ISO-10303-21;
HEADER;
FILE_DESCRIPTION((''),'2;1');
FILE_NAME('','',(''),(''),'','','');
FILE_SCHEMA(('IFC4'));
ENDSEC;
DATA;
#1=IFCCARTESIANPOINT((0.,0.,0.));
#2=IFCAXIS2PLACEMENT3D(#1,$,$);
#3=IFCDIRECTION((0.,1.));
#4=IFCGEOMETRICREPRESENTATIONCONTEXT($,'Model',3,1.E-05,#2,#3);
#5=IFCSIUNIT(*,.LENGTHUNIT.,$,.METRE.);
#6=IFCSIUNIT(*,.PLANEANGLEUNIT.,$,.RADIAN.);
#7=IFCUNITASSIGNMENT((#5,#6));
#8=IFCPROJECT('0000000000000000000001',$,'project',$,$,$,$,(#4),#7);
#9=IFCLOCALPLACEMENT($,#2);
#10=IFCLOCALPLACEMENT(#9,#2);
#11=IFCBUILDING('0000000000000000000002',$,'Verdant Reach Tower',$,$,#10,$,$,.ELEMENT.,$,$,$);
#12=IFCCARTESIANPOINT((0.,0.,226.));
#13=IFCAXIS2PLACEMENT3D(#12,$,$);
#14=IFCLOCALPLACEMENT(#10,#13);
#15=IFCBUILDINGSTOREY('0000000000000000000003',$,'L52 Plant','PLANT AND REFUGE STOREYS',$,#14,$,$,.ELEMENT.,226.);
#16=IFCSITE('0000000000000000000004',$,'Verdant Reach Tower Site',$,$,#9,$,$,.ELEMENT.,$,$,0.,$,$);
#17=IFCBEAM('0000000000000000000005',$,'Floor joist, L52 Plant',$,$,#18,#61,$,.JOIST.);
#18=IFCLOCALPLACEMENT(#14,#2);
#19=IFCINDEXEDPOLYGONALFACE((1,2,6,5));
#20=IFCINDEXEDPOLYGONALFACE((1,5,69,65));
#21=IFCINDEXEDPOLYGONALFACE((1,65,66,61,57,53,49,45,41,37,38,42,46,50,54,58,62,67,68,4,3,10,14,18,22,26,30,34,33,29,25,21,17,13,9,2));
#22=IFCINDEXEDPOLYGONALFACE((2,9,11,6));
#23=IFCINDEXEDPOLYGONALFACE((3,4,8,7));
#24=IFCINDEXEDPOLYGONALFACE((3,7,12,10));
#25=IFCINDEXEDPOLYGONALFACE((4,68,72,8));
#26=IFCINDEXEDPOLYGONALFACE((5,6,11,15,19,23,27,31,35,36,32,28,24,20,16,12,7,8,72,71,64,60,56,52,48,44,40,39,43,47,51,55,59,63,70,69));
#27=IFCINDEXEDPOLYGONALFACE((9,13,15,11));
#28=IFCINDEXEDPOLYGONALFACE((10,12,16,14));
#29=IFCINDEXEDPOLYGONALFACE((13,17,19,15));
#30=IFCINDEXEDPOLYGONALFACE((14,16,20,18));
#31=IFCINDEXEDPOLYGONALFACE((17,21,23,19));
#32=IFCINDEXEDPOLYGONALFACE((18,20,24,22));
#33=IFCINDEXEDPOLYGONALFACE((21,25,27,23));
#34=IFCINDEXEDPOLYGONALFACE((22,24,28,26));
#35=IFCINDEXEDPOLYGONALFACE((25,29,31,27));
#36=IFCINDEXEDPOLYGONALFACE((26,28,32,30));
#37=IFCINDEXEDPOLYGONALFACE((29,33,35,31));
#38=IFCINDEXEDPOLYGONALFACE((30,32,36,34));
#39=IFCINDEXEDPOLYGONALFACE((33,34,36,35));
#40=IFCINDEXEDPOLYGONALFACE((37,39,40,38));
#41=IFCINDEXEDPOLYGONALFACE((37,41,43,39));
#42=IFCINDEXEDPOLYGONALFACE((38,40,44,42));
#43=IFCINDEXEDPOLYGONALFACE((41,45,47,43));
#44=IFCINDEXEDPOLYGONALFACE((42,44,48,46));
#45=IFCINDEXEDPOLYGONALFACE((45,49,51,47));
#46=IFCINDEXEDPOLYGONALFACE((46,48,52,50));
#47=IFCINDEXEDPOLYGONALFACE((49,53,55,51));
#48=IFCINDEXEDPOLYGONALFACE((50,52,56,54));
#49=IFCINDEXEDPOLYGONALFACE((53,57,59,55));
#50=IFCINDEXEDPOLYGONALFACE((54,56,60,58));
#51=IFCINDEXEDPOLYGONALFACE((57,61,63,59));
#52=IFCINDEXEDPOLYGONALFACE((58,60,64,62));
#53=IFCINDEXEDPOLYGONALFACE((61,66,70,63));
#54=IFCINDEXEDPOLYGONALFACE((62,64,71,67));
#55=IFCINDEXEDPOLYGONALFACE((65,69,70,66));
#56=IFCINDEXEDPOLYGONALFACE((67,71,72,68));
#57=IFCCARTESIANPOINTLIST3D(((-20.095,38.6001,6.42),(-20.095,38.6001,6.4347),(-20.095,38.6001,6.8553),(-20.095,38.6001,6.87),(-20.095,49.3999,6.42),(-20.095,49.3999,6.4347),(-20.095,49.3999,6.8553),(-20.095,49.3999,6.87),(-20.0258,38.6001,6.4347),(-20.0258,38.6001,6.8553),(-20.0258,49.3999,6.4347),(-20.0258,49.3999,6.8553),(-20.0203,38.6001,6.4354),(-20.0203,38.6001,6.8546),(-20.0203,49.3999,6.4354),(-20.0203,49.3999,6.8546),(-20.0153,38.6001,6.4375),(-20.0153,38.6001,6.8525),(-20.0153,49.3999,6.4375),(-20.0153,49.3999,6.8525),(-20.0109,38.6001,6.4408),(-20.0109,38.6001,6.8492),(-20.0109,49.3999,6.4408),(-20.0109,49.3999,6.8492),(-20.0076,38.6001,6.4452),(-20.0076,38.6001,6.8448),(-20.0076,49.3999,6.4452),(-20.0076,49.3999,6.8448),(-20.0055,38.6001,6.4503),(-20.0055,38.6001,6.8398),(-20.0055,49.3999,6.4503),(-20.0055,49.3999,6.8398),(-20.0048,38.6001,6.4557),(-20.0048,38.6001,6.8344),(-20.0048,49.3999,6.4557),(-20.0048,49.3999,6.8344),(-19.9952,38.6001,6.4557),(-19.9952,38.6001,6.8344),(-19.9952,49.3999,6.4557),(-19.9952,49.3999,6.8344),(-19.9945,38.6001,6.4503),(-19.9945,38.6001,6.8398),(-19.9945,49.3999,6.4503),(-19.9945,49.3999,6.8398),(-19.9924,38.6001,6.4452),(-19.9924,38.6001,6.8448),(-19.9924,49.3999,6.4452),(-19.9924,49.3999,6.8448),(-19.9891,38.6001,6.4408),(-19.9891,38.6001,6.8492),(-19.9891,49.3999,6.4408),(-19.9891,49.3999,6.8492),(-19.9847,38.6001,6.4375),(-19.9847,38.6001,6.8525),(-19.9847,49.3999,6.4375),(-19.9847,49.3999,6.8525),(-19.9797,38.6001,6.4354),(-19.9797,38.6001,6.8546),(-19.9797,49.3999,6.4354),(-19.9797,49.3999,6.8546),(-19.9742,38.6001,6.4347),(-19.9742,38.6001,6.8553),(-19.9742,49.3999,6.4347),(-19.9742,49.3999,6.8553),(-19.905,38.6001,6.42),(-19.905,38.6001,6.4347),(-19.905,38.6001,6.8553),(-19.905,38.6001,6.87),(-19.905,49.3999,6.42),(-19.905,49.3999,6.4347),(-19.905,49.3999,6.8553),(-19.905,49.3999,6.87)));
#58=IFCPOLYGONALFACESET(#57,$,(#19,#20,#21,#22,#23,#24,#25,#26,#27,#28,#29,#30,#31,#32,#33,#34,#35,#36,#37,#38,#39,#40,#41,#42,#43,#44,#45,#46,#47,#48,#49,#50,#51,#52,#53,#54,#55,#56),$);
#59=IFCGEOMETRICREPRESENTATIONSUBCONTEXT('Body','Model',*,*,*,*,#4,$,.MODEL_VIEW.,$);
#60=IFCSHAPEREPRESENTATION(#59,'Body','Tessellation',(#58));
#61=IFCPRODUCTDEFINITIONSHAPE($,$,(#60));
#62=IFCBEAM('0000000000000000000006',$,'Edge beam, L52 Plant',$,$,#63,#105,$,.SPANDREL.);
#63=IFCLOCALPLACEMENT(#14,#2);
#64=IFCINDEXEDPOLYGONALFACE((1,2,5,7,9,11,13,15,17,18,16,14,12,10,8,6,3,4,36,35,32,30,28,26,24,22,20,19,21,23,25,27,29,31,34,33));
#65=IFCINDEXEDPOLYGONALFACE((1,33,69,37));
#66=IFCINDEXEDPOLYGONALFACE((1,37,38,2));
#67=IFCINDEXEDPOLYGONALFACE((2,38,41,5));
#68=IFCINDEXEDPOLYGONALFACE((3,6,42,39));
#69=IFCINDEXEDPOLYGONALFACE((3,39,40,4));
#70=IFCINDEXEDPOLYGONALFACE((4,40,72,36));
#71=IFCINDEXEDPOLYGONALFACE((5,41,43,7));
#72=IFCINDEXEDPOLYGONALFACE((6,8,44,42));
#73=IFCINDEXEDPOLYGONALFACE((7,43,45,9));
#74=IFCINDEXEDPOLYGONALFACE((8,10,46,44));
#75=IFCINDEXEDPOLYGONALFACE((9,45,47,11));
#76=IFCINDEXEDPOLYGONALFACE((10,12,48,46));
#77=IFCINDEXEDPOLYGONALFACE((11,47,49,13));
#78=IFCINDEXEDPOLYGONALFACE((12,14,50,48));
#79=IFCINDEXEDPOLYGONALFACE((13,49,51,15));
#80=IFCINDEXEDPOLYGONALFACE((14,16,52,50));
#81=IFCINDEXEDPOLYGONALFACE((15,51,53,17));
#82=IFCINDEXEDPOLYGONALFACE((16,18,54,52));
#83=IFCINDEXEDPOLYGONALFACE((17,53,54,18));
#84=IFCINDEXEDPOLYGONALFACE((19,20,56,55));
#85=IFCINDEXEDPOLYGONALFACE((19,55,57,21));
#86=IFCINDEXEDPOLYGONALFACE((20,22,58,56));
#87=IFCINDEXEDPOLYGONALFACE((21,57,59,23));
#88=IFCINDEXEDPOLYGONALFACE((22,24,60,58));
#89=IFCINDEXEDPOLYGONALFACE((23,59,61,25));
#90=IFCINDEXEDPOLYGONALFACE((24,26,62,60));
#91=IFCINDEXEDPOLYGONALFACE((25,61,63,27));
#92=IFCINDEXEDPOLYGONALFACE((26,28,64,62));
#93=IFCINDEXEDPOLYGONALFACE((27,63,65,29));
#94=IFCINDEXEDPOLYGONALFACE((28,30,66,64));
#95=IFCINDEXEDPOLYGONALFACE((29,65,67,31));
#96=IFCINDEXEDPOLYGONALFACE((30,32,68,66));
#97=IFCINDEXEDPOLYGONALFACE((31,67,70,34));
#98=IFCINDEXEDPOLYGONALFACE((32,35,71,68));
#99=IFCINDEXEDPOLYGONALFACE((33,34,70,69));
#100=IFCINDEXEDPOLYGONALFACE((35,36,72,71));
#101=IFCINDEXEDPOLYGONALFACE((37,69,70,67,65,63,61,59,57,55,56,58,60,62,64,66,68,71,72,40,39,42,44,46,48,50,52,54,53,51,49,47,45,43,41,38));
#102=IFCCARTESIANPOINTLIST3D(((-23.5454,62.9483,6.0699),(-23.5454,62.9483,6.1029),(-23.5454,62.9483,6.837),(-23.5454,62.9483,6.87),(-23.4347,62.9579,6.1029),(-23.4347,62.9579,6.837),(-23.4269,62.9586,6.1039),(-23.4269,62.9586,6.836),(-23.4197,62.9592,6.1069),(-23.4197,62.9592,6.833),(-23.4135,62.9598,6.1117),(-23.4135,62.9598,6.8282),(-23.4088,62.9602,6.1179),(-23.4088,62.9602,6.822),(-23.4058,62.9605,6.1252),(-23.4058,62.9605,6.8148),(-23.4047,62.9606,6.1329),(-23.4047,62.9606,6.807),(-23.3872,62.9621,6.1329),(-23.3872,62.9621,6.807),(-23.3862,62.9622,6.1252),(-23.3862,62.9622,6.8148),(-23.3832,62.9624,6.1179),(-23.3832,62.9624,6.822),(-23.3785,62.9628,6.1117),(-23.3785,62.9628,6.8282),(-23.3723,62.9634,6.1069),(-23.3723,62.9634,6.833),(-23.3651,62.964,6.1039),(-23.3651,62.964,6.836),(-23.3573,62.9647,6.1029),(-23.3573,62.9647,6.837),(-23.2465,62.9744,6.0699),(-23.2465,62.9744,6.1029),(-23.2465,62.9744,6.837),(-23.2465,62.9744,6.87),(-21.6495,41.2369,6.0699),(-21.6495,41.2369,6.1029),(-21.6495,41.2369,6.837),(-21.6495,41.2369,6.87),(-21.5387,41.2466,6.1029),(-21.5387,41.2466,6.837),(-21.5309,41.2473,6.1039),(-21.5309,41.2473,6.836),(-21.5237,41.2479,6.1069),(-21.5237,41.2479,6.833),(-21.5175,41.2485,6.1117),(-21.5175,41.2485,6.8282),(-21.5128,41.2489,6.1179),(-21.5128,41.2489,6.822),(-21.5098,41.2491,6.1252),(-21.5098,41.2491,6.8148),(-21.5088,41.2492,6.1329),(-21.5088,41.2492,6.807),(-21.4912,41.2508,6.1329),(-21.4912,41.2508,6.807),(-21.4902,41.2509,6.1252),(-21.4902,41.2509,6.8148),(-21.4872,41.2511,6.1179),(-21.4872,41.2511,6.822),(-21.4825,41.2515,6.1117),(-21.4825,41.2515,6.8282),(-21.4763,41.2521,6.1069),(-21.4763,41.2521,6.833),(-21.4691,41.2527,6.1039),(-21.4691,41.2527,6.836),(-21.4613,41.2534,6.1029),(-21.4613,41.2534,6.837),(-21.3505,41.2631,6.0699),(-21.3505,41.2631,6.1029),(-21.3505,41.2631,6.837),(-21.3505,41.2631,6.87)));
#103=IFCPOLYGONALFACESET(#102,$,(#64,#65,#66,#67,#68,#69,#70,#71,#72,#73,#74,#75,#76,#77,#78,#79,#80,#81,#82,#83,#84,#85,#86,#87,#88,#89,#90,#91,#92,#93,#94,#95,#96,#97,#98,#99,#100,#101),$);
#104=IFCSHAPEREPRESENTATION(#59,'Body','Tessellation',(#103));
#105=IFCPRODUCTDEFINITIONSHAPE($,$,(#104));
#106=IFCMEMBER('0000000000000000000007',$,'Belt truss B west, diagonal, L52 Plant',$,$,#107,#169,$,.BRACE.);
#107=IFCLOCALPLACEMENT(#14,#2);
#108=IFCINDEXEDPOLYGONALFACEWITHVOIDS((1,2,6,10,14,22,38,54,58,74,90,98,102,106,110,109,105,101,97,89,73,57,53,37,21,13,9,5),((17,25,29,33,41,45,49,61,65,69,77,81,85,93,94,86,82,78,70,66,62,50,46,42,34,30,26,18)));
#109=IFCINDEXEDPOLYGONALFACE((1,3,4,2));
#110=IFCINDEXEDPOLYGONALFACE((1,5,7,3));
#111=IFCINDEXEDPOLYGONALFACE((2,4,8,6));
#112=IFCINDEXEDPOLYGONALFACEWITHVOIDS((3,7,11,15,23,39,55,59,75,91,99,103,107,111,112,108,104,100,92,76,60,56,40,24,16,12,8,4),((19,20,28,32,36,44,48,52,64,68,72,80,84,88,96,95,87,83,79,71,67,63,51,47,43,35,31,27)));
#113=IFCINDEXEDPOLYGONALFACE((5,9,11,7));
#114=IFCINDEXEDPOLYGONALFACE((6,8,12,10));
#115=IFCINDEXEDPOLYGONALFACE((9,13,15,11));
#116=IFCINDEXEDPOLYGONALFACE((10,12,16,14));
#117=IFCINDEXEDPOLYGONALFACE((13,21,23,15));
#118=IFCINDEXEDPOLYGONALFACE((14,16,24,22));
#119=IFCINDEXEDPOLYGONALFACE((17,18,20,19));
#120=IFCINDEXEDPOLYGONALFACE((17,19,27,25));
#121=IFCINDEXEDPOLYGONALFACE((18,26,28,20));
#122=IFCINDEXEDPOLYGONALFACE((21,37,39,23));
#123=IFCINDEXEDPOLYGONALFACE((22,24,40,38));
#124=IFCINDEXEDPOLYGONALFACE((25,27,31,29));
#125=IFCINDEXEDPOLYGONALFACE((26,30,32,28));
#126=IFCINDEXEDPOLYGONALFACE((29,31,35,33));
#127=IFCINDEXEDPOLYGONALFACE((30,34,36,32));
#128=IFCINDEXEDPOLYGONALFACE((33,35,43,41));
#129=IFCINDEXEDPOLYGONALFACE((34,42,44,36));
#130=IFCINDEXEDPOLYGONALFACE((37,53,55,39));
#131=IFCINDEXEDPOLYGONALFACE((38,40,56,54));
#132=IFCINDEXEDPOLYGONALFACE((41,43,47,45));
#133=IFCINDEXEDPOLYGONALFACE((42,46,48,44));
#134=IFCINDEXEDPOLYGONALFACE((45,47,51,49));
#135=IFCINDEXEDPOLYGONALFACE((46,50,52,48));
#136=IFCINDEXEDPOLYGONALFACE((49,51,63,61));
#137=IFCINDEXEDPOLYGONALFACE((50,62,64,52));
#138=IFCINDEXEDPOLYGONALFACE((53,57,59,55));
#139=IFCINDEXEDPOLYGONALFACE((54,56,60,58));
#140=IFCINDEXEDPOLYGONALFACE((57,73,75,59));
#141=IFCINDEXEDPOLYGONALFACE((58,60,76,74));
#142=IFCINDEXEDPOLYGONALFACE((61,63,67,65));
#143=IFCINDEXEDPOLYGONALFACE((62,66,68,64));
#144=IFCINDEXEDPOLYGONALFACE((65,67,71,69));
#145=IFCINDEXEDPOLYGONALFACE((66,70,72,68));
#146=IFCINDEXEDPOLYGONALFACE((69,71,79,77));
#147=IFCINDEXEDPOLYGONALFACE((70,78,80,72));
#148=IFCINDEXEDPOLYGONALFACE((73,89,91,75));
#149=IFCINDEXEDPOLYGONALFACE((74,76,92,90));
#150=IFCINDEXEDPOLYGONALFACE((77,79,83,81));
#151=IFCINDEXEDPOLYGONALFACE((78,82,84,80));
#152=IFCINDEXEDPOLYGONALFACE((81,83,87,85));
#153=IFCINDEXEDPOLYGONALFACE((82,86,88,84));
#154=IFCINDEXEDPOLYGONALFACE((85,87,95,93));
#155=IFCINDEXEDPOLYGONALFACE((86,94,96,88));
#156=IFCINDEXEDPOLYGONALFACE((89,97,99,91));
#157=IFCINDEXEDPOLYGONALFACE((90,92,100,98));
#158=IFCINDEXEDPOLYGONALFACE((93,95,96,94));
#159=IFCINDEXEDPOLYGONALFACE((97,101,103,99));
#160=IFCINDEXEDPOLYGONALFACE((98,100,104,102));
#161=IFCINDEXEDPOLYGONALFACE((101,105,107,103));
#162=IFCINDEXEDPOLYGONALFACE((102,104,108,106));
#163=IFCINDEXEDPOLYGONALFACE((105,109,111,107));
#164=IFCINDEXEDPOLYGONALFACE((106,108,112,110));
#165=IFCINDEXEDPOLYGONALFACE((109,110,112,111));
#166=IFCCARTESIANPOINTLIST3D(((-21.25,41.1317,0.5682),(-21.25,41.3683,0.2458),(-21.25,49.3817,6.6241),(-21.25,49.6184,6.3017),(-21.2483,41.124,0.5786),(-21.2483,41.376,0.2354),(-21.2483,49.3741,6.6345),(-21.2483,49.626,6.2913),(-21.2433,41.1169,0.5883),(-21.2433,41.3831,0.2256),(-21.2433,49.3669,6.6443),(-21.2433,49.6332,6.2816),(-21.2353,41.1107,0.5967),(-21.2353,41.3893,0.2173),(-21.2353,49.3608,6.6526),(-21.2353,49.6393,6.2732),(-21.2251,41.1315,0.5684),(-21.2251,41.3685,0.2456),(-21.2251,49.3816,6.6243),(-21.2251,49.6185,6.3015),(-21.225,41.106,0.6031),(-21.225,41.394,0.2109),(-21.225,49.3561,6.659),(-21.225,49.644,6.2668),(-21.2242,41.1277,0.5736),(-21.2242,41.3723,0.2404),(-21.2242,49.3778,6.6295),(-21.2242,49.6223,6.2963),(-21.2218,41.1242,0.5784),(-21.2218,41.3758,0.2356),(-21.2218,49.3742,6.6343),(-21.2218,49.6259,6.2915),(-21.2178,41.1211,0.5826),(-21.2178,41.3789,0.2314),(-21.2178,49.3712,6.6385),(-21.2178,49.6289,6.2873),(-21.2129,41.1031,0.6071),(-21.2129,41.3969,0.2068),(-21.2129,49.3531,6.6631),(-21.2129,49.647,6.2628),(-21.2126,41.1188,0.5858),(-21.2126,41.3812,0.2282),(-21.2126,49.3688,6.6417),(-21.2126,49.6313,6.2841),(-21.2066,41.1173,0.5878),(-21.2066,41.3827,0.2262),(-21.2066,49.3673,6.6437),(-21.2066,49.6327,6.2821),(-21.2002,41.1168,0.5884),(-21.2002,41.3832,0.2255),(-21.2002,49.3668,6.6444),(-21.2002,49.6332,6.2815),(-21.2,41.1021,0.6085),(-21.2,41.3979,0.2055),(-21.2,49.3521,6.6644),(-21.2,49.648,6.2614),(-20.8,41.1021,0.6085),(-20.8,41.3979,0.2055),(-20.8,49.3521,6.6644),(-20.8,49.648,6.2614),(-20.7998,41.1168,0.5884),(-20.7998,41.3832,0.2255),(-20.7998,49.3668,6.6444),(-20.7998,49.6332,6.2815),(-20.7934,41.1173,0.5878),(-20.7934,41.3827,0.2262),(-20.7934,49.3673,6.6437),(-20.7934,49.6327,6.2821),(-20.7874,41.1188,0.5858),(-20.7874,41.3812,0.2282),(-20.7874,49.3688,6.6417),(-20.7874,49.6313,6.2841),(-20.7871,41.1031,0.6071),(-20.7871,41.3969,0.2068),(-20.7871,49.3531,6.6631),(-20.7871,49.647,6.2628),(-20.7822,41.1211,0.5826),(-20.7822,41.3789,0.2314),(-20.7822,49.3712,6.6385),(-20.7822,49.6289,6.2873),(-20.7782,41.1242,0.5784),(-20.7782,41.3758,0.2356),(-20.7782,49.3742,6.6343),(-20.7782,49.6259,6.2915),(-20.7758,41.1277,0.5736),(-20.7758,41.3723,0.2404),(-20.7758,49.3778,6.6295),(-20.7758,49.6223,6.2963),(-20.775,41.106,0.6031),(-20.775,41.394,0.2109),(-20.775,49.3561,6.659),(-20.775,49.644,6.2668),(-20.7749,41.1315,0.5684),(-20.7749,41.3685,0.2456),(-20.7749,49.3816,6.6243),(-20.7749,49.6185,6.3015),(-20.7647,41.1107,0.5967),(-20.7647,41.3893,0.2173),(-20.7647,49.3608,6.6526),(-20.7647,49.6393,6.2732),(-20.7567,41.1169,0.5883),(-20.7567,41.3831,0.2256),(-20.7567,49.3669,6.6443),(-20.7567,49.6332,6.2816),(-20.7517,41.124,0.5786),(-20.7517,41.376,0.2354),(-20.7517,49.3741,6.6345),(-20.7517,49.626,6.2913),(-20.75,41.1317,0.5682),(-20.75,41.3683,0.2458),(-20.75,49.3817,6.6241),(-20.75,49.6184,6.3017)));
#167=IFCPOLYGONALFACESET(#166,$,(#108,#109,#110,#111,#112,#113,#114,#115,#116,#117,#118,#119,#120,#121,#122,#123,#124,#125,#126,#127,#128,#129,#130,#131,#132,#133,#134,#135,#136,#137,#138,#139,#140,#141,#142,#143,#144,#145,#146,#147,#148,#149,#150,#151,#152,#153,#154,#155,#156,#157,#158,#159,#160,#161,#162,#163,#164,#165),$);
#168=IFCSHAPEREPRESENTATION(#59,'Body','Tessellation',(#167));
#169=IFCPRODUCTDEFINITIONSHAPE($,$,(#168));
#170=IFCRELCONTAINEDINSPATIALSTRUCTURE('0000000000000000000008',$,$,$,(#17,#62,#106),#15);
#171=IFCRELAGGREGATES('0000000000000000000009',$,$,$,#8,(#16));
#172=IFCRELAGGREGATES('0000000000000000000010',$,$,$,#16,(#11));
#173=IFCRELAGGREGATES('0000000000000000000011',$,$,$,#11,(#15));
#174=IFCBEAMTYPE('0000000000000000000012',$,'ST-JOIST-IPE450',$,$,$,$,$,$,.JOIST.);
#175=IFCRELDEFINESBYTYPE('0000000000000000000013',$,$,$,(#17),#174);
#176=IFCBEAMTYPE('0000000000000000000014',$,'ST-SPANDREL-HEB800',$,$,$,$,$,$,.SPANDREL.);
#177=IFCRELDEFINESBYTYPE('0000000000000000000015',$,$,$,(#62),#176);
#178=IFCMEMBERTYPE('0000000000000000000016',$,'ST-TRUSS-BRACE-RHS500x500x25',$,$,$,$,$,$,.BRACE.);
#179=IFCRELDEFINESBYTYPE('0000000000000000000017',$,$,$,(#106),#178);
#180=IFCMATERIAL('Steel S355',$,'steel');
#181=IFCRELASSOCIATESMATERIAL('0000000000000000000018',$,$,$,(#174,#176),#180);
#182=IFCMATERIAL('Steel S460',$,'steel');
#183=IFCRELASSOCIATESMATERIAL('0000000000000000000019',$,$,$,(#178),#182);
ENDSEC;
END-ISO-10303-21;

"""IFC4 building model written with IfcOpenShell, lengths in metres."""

from ifc_helpers import new_model, si_unit, direction, frame, origin, origin_2d, place, context, subcontext, project, spatial, hollow_rectangle, i_section, extrude, material, material_profile, profile_set, type_object, element, save


model = new_model("IFC4")

# Units and contexts
model_context = context("Model", 3, precision=1e-05, world=origin(), true_north=direction((0.0, 1.0)))
body_context = subcontext(model_context, "Body", "Model", "MODEL_VIEW")
ifc_project = project(units=[si_unit("LENGTHUNIT", "METRE"), si_unit("PLANEANGLEUNIT", "RADIAN")], contexts=[model_context])

# Site, building, storey
site_placement = place(None, origin())
site = spatial("IfcSite", under=ifc_project, at=site_placement, Name="Verdant Reach Tower Site", CompositionType="ELEMENT", RefElevation=0.0)
building_placement = place(site_placement, origin())
building = spatial("IfcBuilding", under=site, at=building_placement, Name="Verdant Reach Tower", CompositionType="ELEMENT")
storey_placement = place(building_placement, frame((0.0, 0.0, 226.0)))
storey = spatial("IfcBuildingStorey", under=building, at=storey_placement, Name="L52 Plant", Description="PLANT AND REFUGE STOREYS", CompositionType="ELEMENT", Elevation=226.0)

# Shared definitions
ifc_material_1 = material(Name="Steel S460", Category="steel")

# Beams
ifc_material_2 = material(Name="Steel S355", Category="steel")
ifc_material_profile_1 = material_profile(ifc_material_2, i_section(OverallWidth=0.1899, OverallDepth=0.45, WebThickness=0.0095, FlangeThickness=0.0146, FilletRadius=0.021, at=origin_2d()), Name="IPE 450")
ifc_profile_set_1 = profile_set([ifc_material_profile_1], Name="Steel S355")
beam_type_1 = type_object("IfcBeamType", Name="ST-JOIST-IPE450", PredefinedType="JOIST", material=ifc_profile_set_1)
beam_1_placement = place(storey_placement, frame((-20.0, 38.6001, 6.645), z_axis=(0.0, 1.0, 0.0), x_axis=(-1.0, 0.0, 0.0)))
element("IfcBeam", 1, at=beam_1_placement, inside=storey, type_object=beam_type_1, Name="Floor joist, L52 Plant", PredefinedType="JOIST", context=body_context, shape_type="SweptSolid", body=[
    extrude(i_section(OverallWidth=0.1899, OverallDepth=0.45, WebThickness=0.0095, FlangeThickness=0.0146, FilletRadius=0.021, at=origin_2d()), origin(), (0.0, 0.0, 1.0), 10.7998),
])
ifc_material_profile_2 = material_profile(ifc_material_2, i_section(OverallWidth=0.3, OverallDepth=0.8, WebThickness=0.0176, FlangeThickness=0.033, FilletRadius=0.03, at=origin_2d()), Name="HEB 800")
ifc_profile_set_2 = profile_set([ifc_material_profile_2], Name="Steel S355")
beam_type_2 = type_object("IfcBeamType", Name="ST-SPANDREL-HEB800", PredefinedType="SPANDREL", material=ifc_profile_set_2)
beam_2_placement = place(storey_placement, frame((-21.5, 41.25, 6.47), z_axis=(-0.086996, 0.996209, 0.0), x_axis=(-0.996209, -0.086996, 0.0)))
element("IfcBeam", 2, at=beam_2_placement, inside=storey, type_object=beam_type_2, Name="Edge beam, L52 Plant", PredefinedType="SPANDREL", context=body_context, shape_type="SweptSolid", body=[
    extrude(i_section(OverallWidth=0.3, OverallDepth=0.8, WebThickness=0.0176, FlangeThickness=0.033, FilletRadius=0.03, at=origin_2d()), origin(), (0.0, 0.0, 1.0), 21.7939),
])

# Member
ifc_material_profile_3 = material_profile(ifc_material_1, hollow_rectangle(XDim=0.5, YDim=0.5, WallThickness=0.0249, InnerFilletRadius=0.0249, OuterFilletRadius=0.05, at=origin_2d()), Name="RHS 500x500x25")
ifc_profile_set_3 = profile_set([ifc_material_profile_3], Name="Steel S460")
member_type_1 = type_object("IfcMemberType", Name="ST-TRUSS-BRACE-RHS500x500x25", PredefinedType="BRACE", material=ifc_profile_set_3)
member_1_placement = place(storey_placement, frame((-21.0, 41.25, 0.407), z_axis=(0.0, 0.80613, 0.591739), x_axis=(-1.0, 0.0, 0.0)))
element("IfcMember", 3, at=member_1_placement, inside=storey, type_object=member_type_1, Name="Belt truss B west, diagonal, L52 Plant", PredefinedType="BRACE", context=body_context, shape_type="SweptSolid", body=[
    extrude(hollow_rectangle(XDim=0.5, YDim=0.5, WallThickness=0.0249, InnerFilletRadius=0.0249, OuterFilletRadius=0.05, at=origin_2d()), origin(), (0.0, 0.0, 1.0), 10.2341),
])

save(model, "model.ifc")
